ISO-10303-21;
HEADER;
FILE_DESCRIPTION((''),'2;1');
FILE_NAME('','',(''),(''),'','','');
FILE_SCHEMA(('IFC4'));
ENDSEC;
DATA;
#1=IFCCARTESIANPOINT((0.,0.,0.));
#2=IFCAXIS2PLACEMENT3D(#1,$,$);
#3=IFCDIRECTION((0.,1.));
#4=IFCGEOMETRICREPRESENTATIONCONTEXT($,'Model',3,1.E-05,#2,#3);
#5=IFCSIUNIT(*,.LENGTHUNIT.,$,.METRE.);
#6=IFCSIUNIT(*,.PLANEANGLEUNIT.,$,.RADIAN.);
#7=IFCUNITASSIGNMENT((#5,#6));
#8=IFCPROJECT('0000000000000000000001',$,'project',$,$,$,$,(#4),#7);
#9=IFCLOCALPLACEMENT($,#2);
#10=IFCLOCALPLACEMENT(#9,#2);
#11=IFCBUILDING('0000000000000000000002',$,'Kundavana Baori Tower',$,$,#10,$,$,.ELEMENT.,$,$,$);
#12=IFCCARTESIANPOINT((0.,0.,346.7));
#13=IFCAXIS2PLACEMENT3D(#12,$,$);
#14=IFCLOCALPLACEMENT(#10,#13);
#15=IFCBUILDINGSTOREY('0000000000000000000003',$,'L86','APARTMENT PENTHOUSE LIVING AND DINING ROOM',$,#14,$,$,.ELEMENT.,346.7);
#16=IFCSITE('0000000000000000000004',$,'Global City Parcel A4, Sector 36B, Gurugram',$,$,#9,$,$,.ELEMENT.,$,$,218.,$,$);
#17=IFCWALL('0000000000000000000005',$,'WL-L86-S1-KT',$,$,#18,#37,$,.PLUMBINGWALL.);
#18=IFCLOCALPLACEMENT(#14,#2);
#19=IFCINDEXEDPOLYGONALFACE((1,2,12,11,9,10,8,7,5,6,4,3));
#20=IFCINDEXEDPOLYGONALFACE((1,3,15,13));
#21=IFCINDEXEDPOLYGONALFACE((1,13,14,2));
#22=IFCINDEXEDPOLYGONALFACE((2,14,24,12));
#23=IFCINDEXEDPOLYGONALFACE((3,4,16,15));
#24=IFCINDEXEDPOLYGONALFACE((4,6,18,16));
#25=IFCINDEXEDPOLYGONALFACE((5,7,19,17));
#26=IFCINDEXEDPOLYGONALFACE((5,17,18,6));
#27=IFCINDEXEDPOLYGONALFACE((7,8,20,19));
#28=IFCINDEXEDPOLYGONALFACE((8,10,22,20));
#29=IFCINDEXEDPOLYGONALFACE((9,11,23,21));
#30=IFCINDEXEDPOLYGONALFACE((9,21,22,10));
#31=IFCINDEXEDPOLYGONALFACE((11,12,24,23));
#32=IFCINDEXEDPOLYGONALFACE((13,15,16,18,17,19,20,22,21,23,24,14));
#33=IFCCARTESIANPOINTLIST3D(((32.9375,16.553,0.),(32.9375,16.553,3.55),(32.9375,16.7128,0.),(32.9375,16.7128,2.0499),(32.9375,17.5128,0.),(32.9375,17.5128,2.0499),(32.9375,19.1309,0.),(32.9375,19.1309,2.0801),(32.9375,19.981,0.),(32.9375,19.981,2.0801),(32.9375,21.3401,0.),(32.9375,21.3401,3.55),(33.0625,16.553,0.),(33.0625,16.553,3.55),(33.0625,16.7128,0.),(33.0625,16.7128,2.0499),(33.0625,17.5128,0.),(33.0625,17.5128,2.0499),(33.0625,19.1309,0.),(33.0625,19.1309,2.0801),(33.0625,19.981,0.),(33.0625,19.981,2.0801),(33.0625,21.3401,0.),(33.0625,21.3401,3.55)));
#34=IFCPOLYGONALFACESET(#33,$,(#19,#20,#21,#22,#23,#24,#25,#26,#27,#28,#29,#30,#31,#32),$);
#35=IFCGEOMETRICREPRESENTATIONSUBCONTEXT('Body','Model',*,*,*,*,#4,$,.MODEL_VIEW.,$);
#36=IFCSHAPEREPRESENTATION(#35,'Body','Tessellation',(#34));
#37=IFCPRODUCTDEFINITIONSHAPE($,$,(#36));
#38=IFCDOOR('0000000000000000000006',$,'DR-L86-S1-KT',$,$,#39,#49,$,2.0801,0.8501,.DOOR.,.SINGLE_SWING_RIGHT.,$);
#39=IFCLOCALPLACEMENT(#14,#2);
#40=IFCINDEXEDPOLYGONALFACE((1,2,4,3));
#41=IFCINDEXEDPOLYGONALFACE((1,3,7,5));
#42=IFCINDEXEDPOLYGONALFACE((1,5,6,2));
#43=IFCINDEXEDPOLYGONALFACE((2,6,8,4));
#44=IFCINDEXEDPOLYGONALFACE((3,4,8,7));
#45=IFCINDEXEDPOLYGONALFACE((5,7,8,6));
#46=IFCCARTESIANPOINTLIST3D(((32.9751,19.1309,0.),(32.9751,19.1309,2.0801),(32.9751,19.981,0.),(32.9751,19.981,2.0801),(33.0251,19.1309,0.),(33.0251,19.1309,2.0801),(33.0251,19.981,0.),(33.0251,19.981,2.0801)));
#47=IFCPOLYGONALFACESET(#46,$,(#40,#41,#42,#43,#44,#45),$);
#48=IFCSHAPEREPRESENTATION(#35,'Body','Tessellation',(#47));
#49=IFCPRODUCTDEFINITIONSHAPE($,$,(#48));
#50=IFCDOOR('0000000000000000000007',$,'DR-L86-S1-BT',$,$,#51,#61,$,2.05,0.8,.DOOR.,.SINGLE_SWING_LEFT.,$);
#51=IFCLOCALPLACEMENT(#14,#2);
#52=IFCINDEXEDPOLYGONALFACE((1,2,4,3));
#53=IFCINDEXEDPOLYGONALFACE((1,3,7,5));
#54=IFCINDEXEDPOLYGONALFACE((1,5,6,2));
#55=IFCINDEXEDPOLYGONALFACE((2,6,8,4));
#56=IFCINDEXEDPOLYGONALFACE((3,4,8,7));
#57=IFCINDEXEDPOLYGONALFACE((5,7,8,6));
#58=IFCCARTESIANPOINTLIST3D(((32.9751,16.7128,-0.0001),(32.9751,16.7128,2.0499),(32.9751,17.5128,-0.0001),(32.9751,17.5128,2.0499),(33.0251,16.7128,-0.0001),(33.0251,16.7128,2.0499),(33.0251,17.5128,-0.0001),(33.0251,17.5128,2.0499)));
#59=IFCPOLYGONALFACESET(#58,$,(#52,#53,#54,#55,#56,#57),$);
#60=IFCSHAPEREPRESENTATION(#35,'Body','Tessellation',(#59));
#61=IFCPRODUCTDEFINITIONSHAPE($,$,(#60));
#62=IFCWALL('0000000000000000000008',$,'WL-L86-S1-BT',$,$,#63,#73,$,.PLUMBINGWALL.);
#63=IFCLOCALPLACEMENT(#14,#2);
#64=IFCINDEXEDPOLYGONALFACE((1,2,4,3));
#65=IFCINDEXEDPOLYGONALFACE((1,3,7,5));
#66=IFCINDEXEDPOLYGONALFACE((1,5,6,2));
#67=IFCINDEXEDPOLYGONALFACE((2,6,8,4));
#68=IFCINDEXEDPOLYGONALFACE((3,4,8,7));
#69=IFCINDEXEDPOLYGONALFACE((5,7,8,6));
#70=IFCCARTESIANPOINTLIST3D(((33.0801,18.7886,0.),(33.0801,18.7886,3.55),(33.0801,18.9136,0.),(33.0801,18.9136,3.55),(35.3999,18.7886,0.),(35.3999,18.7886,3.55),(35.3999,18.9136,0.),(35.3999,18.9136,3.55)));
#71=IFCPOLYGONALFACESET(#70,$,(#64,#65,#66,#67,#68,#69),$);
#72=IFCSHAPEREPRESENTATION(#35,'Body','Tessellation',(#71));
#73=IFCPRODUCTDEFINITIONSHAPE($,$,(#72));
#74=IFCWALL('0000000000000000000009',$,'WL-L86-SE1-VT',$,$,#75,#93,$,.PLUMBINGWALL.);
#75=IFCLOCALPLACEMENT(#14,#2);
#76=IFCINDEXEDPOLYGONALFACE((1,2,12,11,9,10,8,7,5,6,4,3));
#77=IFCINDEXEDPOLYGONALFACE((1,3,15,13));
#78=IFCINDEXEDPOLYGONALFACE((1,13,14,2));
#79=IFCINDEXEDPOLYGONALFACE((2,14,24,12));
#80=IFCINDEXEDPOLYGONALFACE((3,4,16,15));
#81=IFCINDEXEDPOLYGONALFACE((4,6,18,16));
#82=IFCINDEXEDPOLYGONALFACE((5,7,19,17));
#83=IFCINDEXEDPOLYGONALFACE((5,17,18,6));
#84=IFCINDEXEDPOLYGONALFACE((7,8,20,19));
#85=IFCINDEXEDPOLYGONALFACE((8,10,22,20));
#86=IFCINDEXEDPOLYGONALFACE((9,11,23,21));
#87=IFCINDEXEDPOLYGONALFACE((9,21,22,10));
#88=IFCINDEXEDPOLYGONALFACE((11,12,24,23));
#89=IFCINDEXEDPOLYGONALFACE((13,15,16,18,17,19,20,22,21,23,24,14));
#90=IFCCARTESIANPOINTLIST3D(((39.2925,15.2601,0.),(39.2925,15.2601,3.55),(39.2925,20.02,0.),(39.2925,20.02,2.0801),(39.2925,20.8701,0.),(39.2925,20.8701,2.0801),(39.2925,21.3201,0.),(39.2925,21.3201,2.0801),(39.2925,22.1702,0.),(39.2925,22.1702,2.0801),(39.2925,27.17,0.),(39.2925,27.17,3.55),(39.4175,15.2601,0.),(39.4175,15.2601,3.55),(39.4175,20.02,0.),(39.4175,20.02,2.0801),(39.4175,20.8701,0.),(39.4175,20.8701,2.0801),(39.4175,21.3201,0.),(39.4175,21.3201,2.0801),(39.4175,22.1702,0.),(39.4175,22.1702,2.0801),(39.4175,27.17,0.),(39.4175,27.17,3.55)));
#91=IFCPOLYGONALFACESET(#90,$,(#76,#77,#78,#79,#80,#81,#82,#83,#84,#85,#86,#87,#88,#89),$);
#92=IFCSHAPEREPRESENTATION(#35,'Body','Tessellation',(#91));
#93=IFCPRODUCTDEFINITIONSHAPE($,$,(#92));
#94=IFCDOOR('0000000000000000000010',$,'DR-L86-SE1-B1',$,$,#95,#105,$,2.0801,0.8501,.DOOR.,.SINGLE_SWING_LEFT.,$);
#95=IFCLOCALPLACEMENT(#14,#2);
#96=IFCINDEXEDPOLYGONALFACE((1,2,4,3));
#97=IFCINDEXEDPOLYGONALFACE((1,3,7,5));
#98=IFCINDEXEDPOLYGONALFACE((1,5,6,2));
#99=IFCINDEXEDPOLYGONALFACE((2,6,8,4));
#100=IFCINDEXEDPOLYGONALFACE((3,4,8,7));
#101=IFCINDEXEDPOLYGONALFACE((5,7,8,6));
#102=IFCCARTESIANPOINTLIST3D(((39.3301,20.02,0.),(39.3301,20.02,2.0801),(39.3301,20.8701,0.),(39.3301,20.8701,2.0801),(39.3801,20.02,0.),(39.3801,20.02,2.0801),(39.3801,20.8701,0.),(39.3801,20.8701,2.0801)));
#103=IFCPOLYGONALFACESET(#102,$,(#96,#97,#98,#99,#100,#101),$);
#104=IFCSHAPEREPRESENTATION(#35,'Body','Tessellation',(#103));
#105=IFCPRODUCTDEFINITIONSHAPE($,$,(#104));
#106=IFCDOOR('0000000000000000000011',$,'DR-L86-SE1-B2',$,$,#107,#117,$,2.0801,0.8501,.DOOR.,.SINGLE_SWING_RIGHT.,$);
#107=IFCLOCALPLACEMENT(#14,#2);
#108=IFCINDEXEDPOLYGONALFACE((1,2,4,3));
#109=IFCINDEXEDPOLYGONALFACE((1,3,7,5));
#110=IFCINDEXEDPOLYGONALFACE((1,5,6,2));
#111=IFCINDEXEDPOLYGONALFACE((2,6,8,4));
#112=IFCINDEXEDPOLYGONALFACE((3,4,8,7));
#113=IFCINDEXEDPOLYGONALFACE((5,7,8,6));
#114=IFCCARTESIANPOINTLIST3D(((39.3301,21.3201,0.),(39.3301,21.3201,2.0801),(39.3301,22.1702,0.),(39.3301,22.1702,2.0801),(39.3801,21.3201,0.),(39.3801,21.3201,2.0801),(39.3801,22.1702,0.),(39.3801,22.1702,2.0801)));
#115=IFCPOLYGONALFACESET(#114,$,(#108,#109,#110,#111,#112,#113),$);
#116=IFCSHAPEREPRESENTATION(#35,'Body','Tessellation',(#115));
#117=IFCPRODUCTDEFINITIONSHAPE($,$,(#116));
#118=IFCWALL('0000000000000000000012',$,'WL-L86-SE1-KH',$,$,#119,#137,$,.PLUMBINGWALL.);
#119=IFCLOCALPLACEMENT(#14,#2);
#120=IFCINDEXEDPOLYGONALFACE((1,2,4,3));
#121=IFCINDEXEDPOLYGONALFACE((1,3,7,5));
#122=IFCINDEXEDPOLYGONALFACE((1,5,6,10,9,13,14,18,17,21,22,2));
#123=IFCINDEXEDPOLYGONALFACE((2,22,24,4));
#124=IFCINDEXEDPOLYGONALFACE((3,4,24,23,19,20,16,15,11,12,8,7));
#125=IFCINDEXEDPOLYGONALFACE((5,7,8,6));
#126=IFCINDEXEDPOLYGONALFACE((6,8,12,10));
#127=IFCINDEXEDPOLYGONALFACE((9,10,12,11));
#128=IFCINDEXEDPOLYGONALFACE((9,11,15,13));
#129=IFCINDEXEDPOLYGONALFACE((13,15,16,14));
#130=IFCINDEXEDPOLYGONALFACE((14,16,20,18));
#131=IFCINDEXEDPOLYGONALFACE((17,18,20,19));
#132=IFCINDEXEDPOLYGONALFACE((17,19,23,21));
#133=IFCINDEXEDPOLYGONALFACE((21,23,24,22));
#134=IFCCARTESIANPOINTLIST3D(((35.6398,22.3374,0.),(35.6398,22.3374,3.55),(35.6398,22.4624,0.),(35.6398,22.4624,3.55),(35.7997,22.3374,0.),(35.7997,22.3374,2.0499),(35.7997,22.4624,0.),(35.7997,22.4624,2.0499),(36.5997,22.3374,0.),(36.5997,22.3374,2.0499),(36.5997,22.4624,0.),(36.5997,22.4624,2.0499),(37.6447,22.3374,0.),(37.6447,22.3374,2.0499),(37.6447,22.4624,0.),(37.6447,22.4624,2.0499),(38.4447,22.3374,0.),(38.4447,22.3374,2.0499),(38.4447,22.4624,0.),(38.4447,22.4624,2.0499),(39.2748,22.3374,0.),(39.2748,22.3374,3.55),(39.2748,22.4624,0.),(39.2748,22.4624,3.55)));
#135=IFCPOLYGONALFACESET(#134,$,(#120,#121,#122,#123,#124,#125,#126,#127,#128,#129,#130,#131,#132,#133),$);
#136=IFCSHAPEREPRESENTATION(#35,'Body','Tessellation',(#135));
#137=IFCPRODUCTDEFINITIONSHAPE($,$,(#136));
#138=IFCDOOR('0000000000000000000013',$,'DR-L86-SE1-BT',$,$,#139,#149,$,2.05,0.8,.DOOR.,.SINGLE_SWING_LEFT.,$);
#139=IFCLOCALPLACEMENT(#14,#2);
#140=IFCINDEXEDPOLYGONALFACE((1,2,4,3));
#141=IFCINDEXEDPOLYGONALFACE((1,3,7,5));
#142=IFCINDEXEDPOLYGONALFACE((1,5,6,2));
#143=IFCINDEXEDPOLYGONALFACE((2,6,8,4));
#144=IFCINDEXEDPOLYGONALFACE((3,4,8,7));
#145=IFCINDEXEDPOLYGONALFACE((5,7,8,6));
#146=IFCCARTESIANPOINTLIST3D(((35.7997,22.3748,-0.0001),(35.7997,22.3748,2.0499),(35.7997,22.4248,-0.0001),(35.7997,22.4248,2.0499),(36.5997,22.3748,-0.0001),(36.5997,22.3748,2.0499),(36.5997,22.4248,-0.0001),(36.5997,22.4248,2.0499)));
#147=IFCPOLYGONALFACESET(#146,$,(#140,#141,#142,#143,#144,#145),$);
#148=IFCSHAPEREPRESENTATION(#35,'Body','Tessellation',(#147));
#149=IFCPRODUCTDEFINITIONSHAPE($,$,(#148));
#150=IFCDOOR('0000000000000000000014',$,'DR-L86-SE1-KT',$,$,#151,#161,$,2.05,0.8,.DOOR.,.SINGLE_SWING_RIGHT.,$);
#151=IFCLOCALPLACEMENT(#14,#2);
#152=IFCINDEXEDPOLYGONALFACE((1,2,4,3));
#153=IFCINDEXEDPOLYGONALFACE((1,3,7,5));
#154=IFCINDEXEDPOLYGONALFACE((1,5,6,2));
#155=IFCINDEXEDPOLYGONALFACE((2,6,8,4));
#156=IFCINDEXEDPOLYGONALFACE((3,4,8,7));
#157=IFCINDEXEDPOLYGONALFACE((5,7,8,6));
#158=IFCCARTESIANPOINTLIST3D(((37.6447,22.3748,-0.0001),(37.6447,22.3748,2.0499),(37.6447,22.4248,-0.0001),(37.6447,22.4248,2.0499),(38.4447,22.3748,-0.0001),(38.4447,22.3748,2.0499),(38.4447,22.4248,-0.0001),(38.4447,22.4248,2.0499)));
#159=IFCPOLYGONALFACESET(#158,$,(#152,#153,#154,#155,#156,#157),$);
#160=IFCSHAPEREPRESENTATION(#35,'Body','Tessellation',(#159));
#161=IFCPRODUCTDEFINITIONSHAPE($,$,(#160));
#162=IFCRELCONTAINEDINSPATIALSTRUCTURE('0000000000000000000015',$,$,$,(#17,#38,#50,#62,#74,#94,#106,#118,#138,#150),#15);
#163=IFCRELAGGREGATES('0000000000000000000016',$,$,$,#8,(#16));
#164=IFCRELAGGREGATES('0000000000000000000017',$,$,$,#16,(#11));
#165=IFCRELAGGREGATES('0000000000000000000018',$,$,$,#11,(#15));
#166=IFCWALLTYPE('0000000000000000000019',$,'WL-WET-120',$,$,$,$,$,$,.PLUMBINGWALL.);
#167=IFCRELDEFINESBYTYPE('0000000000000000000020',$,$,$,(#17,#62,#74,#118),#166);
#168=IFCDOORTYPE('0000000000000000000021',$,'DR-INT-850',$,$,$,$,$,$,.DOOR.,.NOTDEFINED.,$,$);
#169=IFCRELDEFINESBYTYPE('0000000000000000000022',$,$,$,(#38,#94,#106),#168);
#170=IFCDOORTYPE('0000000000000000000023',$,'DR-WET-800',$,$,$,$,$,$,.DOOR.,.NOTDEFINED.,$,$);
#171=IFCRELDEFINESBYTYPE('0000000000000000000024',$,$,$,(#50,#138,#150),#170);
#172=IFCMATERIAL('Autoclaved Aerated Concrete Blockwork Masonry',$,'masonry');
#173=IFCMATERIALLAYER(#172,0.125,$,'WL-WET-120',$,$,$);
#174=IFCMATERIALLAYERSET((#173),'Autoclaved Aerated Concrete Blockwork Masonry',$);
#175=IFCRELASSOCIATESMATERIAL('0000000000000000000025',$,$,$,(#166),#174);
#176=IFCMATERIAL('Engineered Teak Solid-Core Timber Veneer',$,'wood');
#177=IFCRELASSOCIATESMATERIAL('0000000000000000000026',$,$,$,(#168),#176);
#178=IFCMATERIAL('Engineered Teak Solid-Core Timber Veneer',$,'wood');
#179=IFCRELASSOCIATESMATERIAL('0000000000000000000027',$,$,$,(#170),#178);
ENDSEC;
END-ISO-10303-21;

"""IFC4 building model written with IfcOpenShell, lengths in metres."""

from ifc_helpers import new_model, si_unit, direction, frame, frame_2d, origin, place, context, subcontext, project, spatial, rectangle, extrude, material, layer, layer_set, type_object, element, fill, save


model = new_model("IFC4")

# Units and contexts
model_context = context("Model", 3, precision=1e-05, world=origin(), true_north=direction((0.0, 1.0)))
body_context = subcontext(model_context, "Body", "Model", "MODEL_VIEW")
ifc_project = project(units=[si_unit("LENGTHUNIT", "METRE"), si_unit("PLANEANGLEUNIT", "RADIAN")], contexts=[model_context])

# Site, building, storey
site_placement = place(None, origin())
site = spatial("IfcSite", under=ifc_project, at=site_placement, Name="Global City Parcel A4, Sector 36B, Gurugram", CompositionType="ELEMENT", RefElevation=218.0)
building_placement = place(site_placement, origin())
building = spatial("IfcBuilding", under=site, at=building_placement, Name="Kundavana Baori Tower", CompositionType="ELEMENT")
storey_placement = place(building_placement, frame((0.0, 0.0, 346.7)))
storey = spatial("IfcBuildingStorey", under=building, at=storey_placement, Name="L86", Description="APARTMENT PENTHOUSE LIVING AND DINING ROOM", CompositionType="ELEMENT", Elevation=346.7)

# Wall, openings, doors
ifc_material_1 = material(Name="Autoclaved Aerated Concrete Blockwork Masonry", Category="masonry")
ifc_layer = layer(ifc_material_1, 0.125, Name="WL-WET-120")
ifc_layer_set = layer_set([ifc_layer], Name="Autoclaved Aerated Concrete Blockwork Masonry")
wall_type = type_object("IfcWallType", Name="WL-WET-120", PredefinedType="PLUMBINGWALL", material=ifc_layer_set)
wall_1_placement = place(storey_placement, frame((33.0, 16.553, 0.0), z_axis=(0.0, 0.0, 1.0), x_axis=(0.0, 1.0, 0.0)))
wall_1 = element("IfcWall", 1, at=wall_1_placement, inside=storey, type_object=wall_type, Name="WL-L86-S1-KT", PredefinedType="PLUMBINGWALL", context=body_context, shape_type="SweptSolid", body=[
    extrude(rectangle(XDim=4.7871, YDim=0.125, at=frame_2d((2.3936, 0.0))), origin(), (0.0, 0.0, 1.0), 3.55),
])
opening_1_placement = place(wall_1_placement, frame((0.1599, 0.0, 0.0)))
opening_1 = element("IfcOpeningElement", 2, at=opening_1_placement, cuts=wall_1, PredefinedType="OPENING", context=body_context, shape_type="SweptSolid", body=[
    extrude(rectangle(XDim=0.8, YDim=2.05, at=frame_2d((0.3999, 1.0249))), frame((0.0, 0.0725, 0.0), z_axis=(0.0, -1.0, 0.0), x_axis=(1.0, 0.0, 0.0)), (0.0, 0.0, 1.0), 0.145),
])
opening_2_placement = place(wall_1_placement, frame((2.5779, 0.0, 0.0)))
opening_2 = element("IfcOpeningElement", 3, at=opening_2_placement, cuts=wall_1, PredefinedType="OPENING", context=body_context, shape_type="SweptSolid", body=[
    extrude(rectangle(XDim=0.8501, YDim=2.0801, at=frame_2d((0.425, 1.04))), frame((0.0, 0.0725, 0.0), z_axis=(0.0, -1.0, 0.0), x_axis=(1.0, 0.0, 0.0)), (0.0, 0.0, 1.0), 0.145),
])
ifc_material_2 = material(Name="Engineered Teak Solid-Core Timber Veneer", Category="wood")
door_type_1 = type_object("IfcDoorType", Name="DR-INT-850", OperationType="NOTDEFINED", PredefinedType="DOOR", material=ifc_material_2)
door_1_placement = place(opening_2_placement, origin())
door_1 = element("IfcDoor", 4, at=door_1_placement, inside=storey, type_object=door_type_1, Name="DR-L86-S1-KT", OperationType="SINGLE_SWING_RIGHT", OverallHeight=2.0801, OverallWidth=0.8501, PredefinedType="DOOR", context=body_context, shape_type="SweptSolid", body=[
    extrude(rectangle(XDim=0.8501, YDim=2.0801, at=frame_2d((0.425, 1.04))), frame((0.0, 0.0249, 0.0), z_axis=(0.0, -1.0, 0.0), x_axis=(1.0, 0.0, 0.0)), (0.0, 0.0, 1.0), 0.05),
])
fill(opening_2, door_1)
ifc_material_3 = material(Name="Engineered Teak Solid-Core Timber Veneer", Category="wood")
door_type_2 = type_object("IfcDoorType", Name="DR-WET-800", OperationType="NOTDEFINED", PredefinedType="DOOR", material=ifc_material_3)
door_2_placement = place(opening_1_placement, origin())
door_2 = element("IfcDoor", 5, at=door_2_placement, inside=storey, type_object=door_type_2, Name="DR-L86-S1-BT", OperationType="SINGLE_SWING_LEFT", OverallHeight=2.05, OverallWidth=0.8, PredefinedType="DOOR", context=body_context, shape_type="SweptSolid", body=[
    extrude(rectangle(XDim=0.8, YDim=2.05, at=frame_2d((0.3999, 1.0249))), frame((0.0, 0.0249, 0.0), z_axis=(0.0, -1.0, 0.0), x_axis=(1.0, 0.0, 0.0)), (0.0, 0.0, 1.0), 0.05),
])
fill(opening_1, door_2)

# Wall
wall_2_placement = place(storey_placement, frame((33.0801, 18.8511, 0.0), z_axis=(0.0, 0.0, 1.0), x_axis=(1.0, 0.0, 0.0)))
element("IfcWall", 6, at=wall_2_placement, inside=storey, type_object=wall_type, Name="WL-L86-S1-BT", PredefinedType="PLUMBINGWALL", context=body_context, shape_type="SweptSolid", body=[
    extrude(rectangle(XDim=2.3198, YDim=0.125, at=frame_2d((1.1599, 0.0))), origin(), (0.0, 0.0, 1.0), 3.55),
])

# Walls, openings, doors
wall_3_placement = place(storey_placement, frame((39.355, 15.26, 0.0), z_axis=(0.0, 0.0, 1.0), x_axis=(0.0, 1.0, 0.0)))
wall_3 = element("IfcWall", 7, at=wall_3_placement, inside=storey, type_object=wall_type, Name="WL-L86-SE1-VT", PredefinedType="PLUMBINGWALL", context=body_context, shape_type="SweptSolid", body=[
    extrude(rectangle(XDim=11.9099, YDim=0.125, at=frame_2d((5.9551, 0.0))), origin(), (0.0, 0.0, 1.0), 3.55),
])
opening_3_placement = place(wall_3_placement, frame((4.76, 0.0, 0.0)))
opening_3 = element("IfcOpeningElement", 8, at=opening_3_placement, cuts=wall_3, PredefinedType="OPENING", context=body_context, shape_type="SweptSolid", body=[
    extrude(rectangle(XDim=0.8501, YDim=2.0801, at=frame_2d((0.425, 1.04))), frame((0.0, 0.0725, 0.0), z_axis=(0.0, -1.0, 0.0), x_axis=(1.0, 0.0, 0.0)), (0.0, 0.0, 1.0), 0.145),
])
opening_4_placement = place(wall_3_placement, frame((6.0601, 0.0, 0.0)))
opening_4 = element("IfcOpeningElement", 9, at=opening_4_placement, cuts=wall_3, PredefinedType="OPENING", context=body_context, shape_type="SweptSolid", body=[
    extrude(rectangle(XDim=0.8501, YDim=2.0801, at=frame_2d((0.425, 1.04))), frame((0.0, 0.0725, 0.0), z_axis=(0.0, -1.0, 0.0), x_axis=(1.0, 0.0, 0.0)), (0.0, 0.0, 1.0), 0.145),
])
door_3_placement = place(opening_3_placement, origin())
door_3 = element("IfcDoor", 10, at=door_3_placement, inside=storey, type_object=door_type_1, Name="DR-L86-SE1-B1", OperationType="SINGLE_SWING_LEFT", OverallHeight=2.0801, OverallWidth=0.8501, PredefinedType="DOOR", context=body_context, shape_type="SweptSolid", body=[
    extrude(rectangle(XDim=0.8501, YDim=2.0801, at=frame_2d((0.425, 1.04))), frame((0.0, 0.0249, 0.0), z_axis=(0.0, -1.0, 0.0), x_axis=(1.0, 0.0, 0.0)), (0.0, 0.0, 1.0), 0.05),
])
fill(opening_3, door_3)
door_4_placement = place(opening_4_placement, origin())
door_4 = element("IfcDoor", 11, at=door_4_placement, inside=storey, type_object=door_type_1, Name="DR-L86-SE1-B2", OperationType="SINGLE_SWING_RIGHT", OverallHeight=2.0801, OverallWidth=0.8501, PredefinedType="DOOR", context=body_context, shape_type="SweptSolid", body=[
    extrude(rectangle(XDim=0.8501, YDim=2.0801, at=frame_2d((0.425, 1.04))), frame((0.0, 0.0249, 0.0), z_axis=(0.0, -1.0, 0.0), x_axis=(1.0, 0.0, 0.0)), (0.0, 0.0, 1.0), 0.05),
])
fill(opening_4, door_4)
wall_4_placement = place(storey_placement, frame((35.6399, 22.3999, 0.0), z_axis=(0.0, 0.0, 1.0), x_axis=(1.0, 0.0, 0.0)))
wall_4 = element("IfcWall", 12, at=wall_4_placement, inside=storey, type_object=wall_type, Name="WL-L86-SE1-KH", PredefinedType="PLUMBINGWALL", context=body_context, shape_type="SweptSolid", body=[
    extrude(rectangle(XDim=3.635, YDim=0.125, at=frame_2d((1.8174, 0.0))), origin(), (0.0, 0.0, 1.0), 3.55),
])
opening_5_placement = place(wall_4_placement, frame((0.1599, 0.0, 0.0)))
opening_5 = element("IfcOpeningElement", 13, at=opening_5_placement, cuts=wall_4, PredefinedType="OPENING", context=body_context, shape_type="SweptSolid", body=[
    extrude(rectangle(XDim=0.8, YDim=2.05, at=frame_2d((0.3999, 1.0249))), frame((0.0, 0.0725, 0.0), z_axis=(0.0, -1.0, 0.0), x_axis=(1.0, 0.0, 0.0)), (0.0, 0.0, 1.0), 0.145),
])
opening_6_placement = place(wall_4_placement, frame((2.0049, 0.0, 0.0)))
opening_6 = element("IfcOpeningElement", 14, at=opening_6_placement, cuts=wall_4, PredefinedType="OPENING", context=body_context, shape_type="SweptSolid", body=[
    extrude(rectangle(XDim=0.8, YDim=2.05, at=frame_2d((0.3999, 1.0249))), frame((0.0, 0.0725, 0.0), z_axis=(0.0, -1.0, 0.0), x_axis=(1.0, 0.0, 0.0)), (0.0, 0.0, 1.0), 0.145),
])
door_5_placement = place(opening_5_placement, origin())
door_5 = element("IfcDoor", 15, at=door_5_placement, inside=storey, type_object=door_type_2, Name="DR-L86-SE1-BT", OperationType="SINGLE_SWING_LEFT", OverallHeight=2.05, OverallWidth=0.8, PredefinedType="DOOR", context=body_context, shape_type="SweptSolid", body=[
    extrude(rectangle(XDim=0.8, YDim=2.05, at=frame_2d((0.3999, 1.0249))), frame((0.0, 0.0249, 0.0), z_axis=(0.0, -1.0, 0.0), x_axis=(1.0, 0.0, 0.0)), (0.0, 0.0, 1.0), 0.05),
])
fill(opening_5, door_5)
door_6_placement = place(opening_6_placement, origin())
door_6 = element("IfcDoor", 16, at=door_6_placement, inside=storey, type_object=door_type_2, Name="DR-L86-SE1-KT", OperationType="SINGLE_SWING_RIGHT", OverallHeight=2.05, OverallWidth=0.8, PredefinedType="DOOR", context=body_context, shape_type="SweptSolid", body=[
    extrude(rectangle(XDim=0.8, YDim=2.05, at=frame_2d((0.3999, 1.0249))), frame((0.0, 0.0249, 0.0), z_axis=(0.0, -1.0, 0.0), x_axis=(1.0, 0.0, 0.0)), (0.0, 0.0, 1.0), 0.05),
])
fill(opening_6, door_6)

save(model, "model.ifc")
